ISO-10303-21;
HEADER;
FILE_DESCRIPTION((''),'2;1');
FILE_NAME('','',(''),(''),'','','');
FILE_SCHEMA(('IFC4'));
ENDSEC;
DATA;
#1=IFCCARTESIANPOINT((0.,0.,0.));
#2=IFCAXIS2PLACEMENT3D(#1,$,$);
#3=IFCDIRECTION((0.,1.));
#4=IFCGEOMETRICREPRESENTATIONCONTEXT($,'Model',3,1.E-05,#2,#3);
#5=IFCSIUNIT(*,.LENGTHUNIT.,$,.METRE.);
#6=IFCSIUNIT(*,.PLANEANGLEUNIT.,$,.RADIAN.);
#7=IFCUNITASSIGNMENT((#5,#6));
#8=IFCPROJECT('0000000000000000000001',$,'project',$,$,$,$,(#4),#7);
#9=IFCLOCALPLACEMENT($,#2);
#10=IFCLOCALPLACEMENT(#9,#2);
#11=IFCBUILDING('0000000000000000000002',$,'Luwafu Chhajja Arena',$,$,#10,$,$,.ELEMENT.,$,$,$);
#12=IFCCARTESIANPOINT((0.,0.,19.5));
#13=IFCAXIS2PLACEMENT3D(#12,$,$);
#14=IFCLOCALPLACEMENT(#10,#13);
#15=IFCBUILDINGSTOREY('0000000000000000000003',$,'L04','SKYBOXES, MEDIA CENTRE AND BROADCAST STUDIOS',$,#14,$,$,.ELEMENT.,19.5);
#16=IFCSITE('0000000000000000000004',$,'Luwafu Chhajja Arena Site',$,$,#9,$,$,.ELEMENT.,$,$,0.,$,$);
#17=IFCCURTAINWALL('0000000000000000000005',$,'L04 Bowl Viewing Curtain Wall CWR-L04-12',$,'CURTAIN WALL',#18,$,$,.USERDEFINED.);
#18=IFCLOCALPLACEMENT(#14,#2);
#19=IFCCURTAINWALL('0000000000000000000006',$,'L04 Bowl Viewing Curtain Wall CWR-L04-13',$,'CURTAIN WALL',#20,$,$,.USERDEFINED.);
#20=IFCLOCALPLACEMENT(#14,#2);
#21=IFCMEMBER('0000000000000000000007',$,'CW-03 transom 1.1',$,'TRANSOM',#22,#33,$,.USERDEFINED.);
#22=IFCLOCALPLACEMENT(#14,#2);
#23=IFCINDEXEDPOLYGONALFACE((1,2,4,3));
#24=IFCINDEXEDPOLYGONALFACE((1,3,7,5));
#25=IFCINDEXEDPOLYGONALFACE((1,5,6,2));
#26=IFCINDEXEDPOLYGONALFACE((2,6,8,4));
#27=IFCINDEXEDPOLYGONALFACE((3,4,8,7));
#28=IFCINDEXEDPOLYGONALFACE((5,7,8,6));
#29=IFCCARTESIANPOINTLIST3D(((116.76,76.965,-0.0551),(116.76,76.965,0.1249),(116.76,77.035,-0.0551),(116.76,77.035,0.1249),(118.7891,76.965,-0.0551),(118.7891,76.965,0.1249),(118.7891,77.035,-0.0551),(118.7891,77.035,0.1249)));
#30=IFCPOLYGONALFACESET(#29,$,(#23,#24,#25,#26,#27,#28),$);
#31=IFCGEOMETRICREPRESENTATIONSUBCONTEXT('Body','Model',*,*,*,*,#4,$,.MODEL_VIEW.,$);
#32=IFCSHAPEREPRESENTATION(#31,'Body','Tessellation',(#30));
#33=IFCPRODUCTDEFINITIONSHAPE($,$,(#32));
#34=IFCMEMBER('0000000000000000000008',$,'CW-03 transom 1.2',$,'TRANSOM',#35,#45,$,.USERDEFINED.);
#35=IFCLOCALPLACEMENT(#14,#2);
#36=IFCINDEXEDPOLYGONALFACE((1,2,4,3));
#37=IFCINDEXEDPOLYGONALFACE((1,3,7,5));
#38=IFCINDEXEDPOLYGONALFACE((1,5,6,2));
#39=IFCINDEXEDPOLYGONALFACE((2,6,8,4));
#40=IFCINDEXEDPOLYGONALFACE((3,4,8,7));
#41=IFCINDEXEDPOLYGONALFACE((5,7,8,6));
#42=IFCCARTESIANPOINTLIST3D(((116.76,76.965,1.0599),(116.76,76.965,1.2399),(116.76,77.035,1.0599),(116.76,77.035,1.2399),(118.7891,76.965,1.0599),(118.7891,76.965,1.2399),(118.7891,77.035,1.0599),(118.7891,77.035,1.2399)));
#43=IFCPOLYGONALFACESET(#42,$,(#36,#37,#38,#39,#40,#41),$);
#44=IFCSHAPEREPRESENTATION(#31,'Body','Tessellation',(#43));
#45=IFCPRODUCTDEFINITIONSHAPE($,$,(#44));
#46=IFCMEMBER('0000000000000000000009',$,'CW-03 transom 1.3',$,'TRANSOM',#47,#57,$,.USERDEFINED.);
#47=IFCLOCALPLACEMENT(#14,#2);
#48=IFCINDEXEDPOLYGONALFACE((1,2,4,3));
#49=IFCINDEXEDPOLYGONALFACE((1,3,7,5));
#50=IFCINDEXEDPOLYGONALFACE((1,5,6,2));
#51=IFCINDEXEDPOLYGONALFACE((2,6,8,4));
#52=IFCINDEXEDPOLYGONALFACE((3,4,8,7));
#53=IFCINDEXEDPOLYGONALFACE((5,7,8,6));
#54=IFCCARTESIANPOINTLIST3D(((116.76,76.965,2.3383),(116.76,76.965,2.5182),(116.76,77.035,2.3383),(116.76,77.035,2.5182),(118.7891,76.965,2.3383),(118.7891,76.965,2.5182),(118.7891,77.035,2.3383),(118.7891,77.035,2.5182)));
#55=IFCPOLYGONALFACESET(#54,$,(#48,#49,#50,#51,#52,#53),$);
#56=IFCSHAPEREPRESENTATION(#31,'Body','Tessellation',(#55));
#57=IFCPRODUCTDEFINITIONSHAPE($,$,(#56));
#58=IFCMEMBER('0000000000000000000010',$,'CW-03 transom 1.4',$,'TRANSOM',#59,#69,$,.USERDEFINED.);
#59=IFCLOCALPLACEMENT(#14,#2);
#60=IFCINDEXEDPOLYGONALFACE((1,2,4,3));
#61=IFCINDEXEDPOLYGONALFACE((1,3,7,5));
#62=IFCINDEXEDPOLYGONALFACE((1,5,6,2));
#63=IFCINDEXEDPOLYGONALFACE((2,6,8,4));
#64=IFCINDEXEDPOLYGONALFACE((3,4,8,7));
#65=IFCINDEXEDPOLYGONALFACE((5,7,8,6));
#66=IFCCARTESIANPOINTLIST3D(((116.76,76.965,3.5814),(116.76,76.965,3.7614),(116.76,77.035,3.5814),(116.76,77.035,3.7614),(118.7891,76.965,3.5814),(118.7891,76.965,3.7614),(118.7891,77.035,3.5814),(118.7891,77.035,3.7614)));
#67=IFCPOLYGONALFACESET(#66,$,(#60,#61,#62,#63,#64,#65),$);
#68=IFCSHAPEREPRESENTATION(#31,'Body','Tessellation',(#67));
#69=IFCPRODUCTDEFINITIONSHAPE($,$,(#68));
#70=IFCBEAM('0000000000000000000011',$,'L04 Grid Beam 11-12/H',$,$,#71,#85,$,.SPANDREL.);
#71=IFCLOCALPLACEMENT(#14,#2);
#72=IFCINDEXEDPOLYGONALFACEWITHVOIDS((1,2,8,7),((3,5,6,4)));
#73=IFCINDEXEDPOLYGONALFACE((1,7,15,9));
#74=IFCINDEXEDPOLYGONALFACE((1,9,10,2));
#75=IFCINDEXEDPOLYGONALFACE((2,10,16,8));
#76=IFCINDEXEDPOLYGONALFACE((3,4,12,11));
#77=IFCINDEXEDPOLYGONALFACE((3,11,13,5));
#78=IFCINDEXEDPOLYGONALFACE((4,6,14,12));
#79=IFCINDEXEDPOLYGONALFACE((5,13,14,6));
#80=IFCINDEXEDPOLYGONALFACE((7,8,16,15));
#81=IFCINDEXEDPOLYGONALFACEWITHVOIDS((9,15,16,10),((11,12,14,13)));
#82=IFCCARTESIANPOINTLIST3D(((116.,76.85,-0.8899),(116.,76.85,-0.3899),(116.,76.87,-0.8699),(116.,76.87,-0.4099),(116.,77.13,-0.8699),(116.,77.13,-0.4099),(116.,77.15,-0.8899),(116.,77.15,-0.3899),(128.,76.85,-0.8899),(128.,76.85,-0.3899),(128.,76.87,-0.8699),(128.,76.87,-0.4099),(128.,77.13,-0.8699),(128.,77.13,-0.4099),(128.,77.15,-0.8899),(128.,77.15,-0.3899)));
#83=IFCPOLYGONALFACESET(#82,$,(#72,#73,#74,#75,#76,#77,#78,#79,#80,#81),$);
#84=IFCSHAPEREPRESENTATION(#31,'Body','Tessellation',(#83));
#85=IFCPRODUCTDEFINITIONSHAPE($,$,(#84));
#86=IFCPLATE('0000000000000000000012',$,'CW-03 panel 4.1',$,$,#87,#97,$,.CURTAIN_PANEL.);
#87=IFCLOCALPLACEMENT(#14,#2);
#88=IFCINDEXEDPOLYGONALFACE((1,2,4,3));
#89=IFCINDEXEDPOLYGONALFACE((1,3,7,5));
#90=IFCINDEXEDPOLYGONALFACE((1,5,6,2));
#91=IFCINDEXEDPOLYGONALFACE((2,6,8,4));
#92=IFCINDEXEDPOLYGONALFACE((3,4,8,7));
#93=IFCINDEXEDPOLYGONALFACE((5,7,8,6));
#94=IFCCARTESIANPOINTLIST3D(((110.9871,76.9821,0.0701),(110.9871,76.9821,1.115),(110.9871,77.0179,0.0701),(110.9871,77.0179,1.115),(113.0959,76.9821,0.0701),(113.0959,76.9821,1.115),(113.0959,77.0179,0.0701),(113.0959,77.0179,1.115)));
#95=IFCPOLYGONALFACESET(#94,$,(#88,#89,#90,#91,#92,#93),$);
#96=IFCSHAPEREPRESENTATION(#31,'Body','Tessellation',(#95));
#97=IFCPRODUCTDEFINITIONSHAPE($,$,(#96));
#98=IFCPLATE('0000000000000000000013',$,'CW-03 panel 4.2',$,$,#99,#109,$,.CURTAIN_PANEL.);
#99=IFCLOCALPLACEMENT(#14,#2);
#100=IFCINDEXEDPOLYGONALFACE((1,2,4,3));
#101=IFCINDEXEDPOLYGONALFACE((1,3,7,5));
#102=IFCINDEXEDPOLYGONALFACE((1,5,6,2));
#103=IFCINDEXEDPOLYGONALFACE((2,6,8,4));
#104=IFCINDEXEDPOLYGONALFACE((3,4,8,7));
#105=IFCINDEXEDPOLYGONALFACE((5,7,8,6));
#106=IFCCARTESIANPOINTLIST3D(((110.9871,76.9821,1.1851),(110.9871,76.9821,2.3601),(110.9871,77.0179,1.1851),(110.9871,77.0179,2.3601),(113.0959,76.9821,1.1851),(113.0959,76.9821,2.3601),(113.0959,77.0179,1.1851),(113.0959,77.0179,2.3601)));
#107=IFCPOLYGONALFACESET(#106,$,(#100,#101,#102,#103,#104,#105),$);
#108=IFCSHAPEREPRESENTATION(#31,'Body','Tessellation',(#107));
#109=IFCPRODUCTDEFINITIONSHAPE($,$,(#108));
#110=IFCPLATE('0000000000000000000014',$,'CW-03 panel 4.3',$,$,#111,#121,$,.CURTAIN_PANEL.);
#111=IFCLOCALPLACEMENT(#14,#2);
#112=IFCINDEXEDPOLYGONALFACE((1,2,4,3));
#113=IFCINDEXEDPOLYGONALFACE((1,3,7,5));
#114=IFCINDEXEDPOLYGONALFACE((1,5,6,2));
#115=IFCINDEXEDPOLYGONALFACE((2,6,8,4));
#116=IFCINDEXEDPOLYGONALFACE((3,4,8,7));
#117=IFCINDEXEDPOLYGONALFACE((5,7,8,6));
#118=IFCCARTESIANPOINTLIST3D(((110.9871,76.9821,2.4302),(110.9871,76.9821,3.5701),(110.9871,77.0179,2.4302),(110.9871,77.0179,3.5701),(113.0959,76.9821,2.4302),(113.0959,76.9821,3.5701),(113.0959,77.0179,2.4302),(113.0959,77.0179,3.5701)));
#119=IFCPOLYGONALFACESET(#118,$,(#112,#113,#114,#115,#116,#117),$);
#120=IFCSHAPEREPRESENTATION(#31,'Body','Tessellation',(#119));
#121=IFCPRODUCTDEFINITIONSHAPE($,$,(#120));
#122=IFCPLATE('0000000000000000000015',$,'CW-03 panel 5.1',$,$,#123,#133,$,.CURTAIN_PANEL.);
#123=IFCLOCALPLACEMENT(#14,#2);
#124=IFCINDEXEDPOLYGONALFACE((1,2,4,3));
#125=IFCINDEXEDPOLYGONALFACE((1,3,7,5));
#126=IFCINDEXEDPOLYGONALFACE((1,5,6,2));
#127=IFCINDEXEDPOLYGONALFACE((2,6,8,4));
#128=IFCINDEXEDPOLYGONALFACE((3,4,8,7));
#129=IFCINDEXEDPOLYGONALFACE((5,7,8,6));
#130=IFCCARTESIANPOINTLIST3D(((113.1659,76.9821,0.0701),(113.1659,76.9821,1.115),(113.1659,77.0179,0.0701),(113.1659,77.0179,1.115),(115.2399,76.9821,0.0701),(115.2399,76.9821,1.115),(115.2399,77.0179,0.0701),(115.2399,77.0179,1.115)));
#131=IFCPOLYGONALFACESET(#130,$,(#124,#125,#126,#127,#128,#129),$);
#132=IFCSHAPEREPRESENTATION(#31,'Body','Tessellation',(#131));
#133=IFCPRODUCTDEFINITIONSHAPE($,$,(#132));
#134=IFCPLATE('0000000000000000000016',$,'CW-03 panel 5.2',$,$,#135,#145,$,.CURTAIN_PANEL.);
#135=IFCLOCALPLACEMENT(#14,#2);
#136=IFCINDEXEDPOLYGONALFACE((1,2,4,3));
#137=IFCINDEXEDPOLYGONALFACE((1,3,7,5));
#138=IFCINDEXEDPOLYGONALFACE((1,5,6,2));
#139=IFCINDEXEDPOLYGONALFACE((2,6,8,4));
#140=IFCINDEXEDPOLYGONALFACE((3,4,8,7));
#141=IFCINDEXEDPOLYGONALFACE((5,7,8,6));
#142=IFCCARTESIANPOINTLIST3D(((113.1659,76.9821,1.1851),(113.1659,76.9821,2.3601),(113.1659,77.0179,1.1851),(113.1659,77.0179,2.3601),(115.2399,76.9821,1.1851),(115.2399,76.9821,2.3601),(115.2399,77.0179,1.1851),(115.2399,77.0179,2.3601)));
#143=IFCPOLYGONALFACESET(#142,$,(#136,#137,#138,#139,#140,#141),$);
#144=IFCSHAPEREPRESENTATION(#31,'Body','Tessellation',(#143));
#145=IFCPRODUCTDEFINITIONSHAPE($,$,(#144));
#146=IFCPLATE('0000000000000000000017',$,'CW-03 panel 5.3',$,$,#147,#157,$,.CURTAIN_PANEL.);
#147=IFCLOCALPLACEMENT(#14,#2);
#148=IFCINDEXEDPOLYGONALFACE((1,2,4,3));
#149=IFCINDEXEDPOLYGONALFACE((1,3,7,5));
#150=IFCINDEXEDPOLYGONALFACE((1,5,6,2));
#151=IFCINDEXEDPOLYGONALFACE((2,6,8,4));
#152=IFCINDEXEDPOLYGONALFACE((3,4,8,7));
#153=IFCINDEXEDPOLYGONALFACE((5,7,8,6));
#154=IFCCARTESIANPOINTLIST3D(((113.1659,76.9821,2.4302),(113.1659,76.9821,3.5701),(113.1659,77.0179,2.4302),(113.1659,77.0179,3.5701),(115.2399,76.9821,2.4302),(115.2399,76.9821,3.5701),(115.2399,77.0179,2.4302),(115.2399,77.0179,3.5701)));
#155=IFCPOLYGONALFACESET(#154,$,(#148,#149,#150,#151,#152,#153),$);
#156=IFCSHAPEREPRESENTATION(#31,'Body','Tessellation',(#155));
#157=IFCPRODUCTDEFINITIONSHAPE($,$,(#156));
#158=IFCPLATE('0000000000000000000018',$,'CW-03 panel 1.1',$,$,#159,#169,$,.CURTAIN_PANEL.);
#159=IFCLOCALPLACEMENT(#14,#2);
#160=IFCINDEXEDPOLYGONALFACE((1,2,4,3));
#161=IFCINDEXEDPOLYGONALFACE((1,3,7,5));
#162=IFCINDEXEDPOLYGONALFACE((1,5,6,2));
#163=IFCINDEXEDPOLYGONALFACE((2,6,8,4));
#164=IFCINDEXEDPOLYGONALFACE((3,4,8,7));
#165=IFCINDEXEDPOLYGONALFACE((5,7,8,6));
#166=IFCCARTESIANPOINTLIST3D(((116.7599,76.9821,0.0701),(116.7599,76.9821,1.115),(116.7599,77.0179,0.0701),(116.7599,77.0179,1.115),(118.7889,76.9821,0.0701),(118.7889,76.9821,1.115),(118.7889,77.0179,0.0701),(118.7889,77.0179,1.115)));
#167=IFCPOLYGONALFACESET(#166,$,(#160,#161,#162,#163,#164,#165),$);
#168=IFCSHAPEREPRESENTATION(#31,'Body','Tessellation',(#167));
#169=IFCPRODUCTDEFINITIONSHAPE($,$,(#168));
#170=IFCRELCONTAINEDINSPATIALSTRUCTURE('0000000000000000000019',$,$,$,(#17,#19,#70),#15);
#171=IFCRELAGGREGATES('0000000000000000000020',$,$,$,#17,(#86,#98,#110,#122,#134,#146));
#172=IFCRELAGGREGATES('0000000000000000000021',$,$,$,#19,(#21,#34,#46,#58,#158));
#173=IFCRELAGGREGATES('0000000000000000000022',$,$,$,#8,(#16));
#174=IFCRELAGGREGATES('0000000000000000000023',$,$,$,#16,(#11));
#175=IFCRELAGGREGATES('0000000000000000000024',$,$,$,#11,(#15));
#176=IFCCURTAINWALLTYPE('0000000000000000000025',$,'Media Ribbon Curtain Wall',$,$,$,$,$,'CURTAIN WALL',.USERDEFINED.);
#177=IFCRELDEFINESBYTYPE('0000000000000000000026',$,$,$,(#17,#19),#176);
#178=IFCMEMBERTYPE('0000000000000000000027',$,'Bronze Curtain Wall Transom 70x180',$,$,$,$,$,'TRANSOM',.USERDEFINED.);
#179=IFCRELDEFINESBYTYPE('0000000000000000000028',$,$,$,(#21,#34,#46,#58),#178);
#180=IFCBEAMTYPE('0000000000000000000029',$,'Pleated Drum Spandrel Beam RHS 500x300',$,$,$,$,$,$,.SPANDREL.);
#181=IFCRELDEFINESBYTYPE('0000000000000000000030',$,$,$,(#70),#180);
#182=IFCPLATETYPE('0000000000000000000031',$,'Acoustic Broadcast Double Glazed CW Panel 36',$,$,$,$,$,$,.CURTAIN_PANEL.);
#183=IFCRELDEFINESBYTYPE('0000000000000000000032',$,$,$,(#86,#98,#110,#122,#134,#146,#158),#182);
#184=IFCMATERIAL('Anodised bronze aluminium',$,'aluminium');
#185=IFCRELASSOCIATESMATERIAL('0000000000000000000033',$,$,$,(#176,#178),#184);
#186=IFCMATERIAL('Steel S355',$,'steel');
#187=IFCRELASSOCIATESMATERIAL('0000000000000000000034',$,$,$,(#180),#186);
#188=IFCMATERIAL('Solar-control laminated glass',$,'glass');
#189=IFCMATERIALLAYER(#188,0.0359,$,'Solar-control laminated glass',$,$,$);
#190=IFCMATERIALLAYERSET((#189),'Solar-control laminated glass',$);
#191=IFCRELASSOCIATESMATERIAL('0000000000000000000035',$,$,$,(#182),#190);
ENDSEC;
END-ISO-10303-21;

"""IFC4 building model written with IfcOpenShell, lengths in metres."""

from ifc_helpers import new_model, si_unit, direction, frame, origin, origin_2d, place, context, subcontext, project, spatial, rectangle, hollow_rectangle, extrude, material, layer, layer_set, material_profile, profile_set, type_object, element, aggregate, save


model = new_model("IFC4")

# Units and contexts
model_context = context("Model", 3, precision=1e-05, world=origin(), true_north=direction((0.0, 1.0)))
body_context = subcontext(model_context, "Body", "Model", "MODEL_VIEW")
ifc_project = project(units=[si_unit("LENGTHUNIT", "METRE"), si_unit("PLANEANGLEUNIT", "RADIAN")], contexts=[model_context])

# Site, building, storey
site_placement = place(None, origin())
site = spatial("IfcSite", under=ifc_project, at=site_placement, Name="Luwafu Chhajja Arena Site", CompositionType="ELEMENT", RefElevation=0.0)
building_placement = place(site_placement, origin())
building = spatial("IfcBuilding", under=site, at=building_placement, Name="Luwafu Chhajja Arena", CompositionType="ELEMENT")
storey_placement = place(building_placement, frame((0.0, 0.0, 19.5)))
storey = spatial("IfcBuildingStorey", under=building, at=storey_placement, Name="L04", Description="SKYBOXES, MEDIA CENTRE AND BROADCAST STUDIOS", CompositionType="ELEMENT", Elevation=19.5)

# Curtain wall
ifc_material_1 = material(Name="Anodised bronze aluminium", Category="aluminium")
curtain_wall_type = type_object("IfcCurtainWallType", Name="Media Ribbon Curtain Wall", ElementType="CURTAIN WALL", PredefinedType="USERDEFINED", material=ifc_material_1)
curtain_wall_1_placement = place(storey_placement, origin())
curtain_wall_1 = element("IfcCurtainWall", 1, at=curtain_wall_1_placement, inside=storey, type_object=curtain_wall_type, Name="L04 Bowl Viewing Curtain Wall CWR-L04-12", ObjectType="CURTAIN WALL", PredefinedType="USERDEFINED")

# Curtain wall
curtain_wall_2_placement = place(storey_placement, origin())
curtain_wall_2 = element("IfcCurtainWall", 2, at=curtain_wall_2_placement, inside=storey, type_object=curtain_wall_type, Name="L04 Bowl Viewing Curtain Wall CWR-L04-13", ObjectType="CURTAIN WALL", PredefinedType="USERDEFINED")

# Members
ifc_material_profile_1 = material_profile(ifc_material_1, rectangle(XDim=0.0701, YDim=0.1799, at=origin_2d()), Name="CWT 70x180")
ifc_profile_set_1 = profile_set([ifc_material_profile_1], Name="Anodised bronze aluminium")
member_type_1 = type_object("IfcMemberType", Name="Bronze Curtain Wall Transom 70x180", ElementType="TRANSOM", PredefinedType="USERDEFINED", material=ifc_profile_set_1)
member_1_placement = place(storey_placement, frame((116.76, 77.0, 0.0349), z_axis=(1.0, 0.0, 0.0), x_axis=(0.0, 1.0, 0.0)))
member_1 = element("IfcMember", 3, at=member_1_placement, type_object=member_type_1, Name="CW-03 transom 1.1", ObjectType="TRANSOM", PredefinedType="USERDEFINED", context=body_context, shape_type="SweptSolid", body=[
    extrude(rectangle(XDim=0.0701, YDim=0.1799, at=origin_2d()), origin(), (0.0, 0.0, 1.0), 2.0291),
])
member_2_placement = place(storey_placement, frame((116.76, 77.0, 1.1499), z_axis=(1.0, 0.0, 0.0), x_axis=(0.0, 1.0, 0.0)))
member_2 = element("IfcMember", 4, at=member_2_placement, type_object=member_type_1, Name="CW-03 transom 1.2", ObjectType="TRANSOM", PredefinedType="USERDEFINED", context=body_context, shape_type="SweptSolid", body=[
    extrude(rectangle(XDim=0.0701, YDim=0.1799, at=origin_2d()), origin(), (0.0, 0.0, 1.0), 2.0291),
])
member_3_placement = place(storey_placement, frame((116.76, 77.0, 2.4282), z_axis=(1.0, 0.0, 0.0), x_axis=(0.0, 1.0, 0.0)))
member_3 = element("IfcMember", 5, at=member_3_placement, type_object=member_type_1, Name="CW-03 transom 1.3", ObjectType="TRANSOM", PredefinedType="USERDEFINED", context=body_context, shape_type="SweptSolid", body=[
    extrude(rectangle(XDim=0.0701, YDim=0.1799, at=origin_2d()), origin(), (0.0, 0.0, 1.0), 2.0291),
])
member_4_placement = place(storey_placement, frame((116.76, 77.0, 3.6714), z_axis=(1.0, 0.0, 0.0), x_axis=(0.0, 1.0, 0.0)))
member_4 = element("IfcMember", 6, at=member_4_placement, type_object=member_type_1, Name="CW-03 transom 1.4", ObjectType="TRANSOM", PredefinedType="USERDEFINED", context=body_context, shape_type="SweptSolid", body=[
    extrude(rectangle(XDim=0.0701, YDim=0.1799, at=origin_2d()), origin(), (0.0, 0.0, 1.0), 2.0291),
])

# Beam
ifc_material_2 = material(Name="Steel S355", Category="steel")
ifc_material_profile_2 = material_profile(ifc_material_2, hollow_rectangle(XDim=0.3, YDim=0.5, WallThickness=0.02, at=origin_2d()), Name="RHS 500x300x20")
ifc_profile_set_2 = profile_set([ifc_material_profile_2], Name="Steel S355")
beam_type_1 = type_object("IfcBeamType", Name="Pleated Drum Spandrel Beam RHS 500x300", PredefinedType="SPANDREL", material=ifc_profile_set_2)
beam_1_placement = place(storey_placement, frame((116.0, 77.0, -0.6399), z_axis=(1.0, 0.0, 0.0), x_axis=(0.0, 1.0, 0.0)))
element("IfcBeam", 7, at=beam_1_placement, inside=storey, type_object=beam_type_1, Name="L04 Grid Beam 11-12/H", PredefinedType="SPANDREL", context=body_context, shape_type="SweptSolid", body=[
    extrude(hollow_rectangle(XDim=0.3, YDim=0.5, WallThickness=0.02, at=origin_2d()), origin(), (0.0, 0.0, 1.0), 12.0),
])

# Plates
ifc_material_3 = material(Name="Solar-control laminated glass", Category="glass")
ifc_layer = layer(ifc_material_3, 0.0359, Name="Solar-control laminated glass")
ifc_layer_set = layer_set([ifc_layer], Name="Solar-control laminated glass")
plate_type = type_object("IfcPlateType", Name="Acoustic Broadcast Double Glazed CW Panel 36", PredefinedType="CURTAIN_PANEL", material=ifc_layer_set)
plate_1_placement = place(storey_placement, frame((112.0415, 77.0, 0.0701), z_axis=(0.0, 0.0, 1.0), x_axis=(1.0, 0.0, 0.0)))
plate_1 = element("IfcPlate", 8, at=plate_1_placement, type_object=plate_type, Name="CW-03 panel 4.1", PredefinedType="CURTAIN_PANEL", context=body_context, shape_type="SweptSolid", body=[
    extrude(rectangle(XDim=2.1089, YDim=0.0359, at=origin_2d()), origin(), (0.0, 0.0, 1.0), 1.0449),
])
plate_2_placement = place(storey_placement, frame((112.0415, 77.0, 1.1851), z_axis=(0.0, 0.0, 1.0), x_axis=(1.0, 0.0, 0.0)))
plate_2 = element("IfcPlate", 9, at=plate_2_placement, type_object=plate_type, Name="CW-03 panel 4.2", PredefinedType="CURTAIN_PANEL", context=body_context, shape_type="SweptSolid", body=[
    extrude(rectangle(XDim=2.1089, YDim=0.0359, at=origin_2d()), origin(), (0.0, 0.0, 1.0), 1.175),
])
plate_3_placement = place(storey_placement, frame((112.0415, 77.0, 2.4302), z_axis=(0.0, 0.0, 1.0), x_axis=(1.0, 0.0, 0.0)))
plate_3 = element("IfcPlate", 10, at=plate_3_placement, type_object=plate_type, Name="CW-03 panel 4.3", PredefinedType="CURTAIN_PANEL", context=body_context, shape_type="SweptSolid", body=[
    extrude(rectangle(XDim=2.1089, YDim=0.0359, at=origin_2d()), origin(), (0.0, 0.0, 1.0), 1.1399),
])
plate_4_placement = place(storey_placement, frame((114.2029, 77.0, 0.0701), z_axis=(0.0, 0.0, 1.0), x_axis=(1.0, 0.0, 0.0)))
plate_4 = element("IfcPlate", 11, at=plate_4_placement, type_object=plate_type, Name="CW-03 panel 5.1", PredefinedType="CURTAIN_PANEL", context=body_context, shape_type="SweptSolid", body=[
    extrude(rectangle(XDim=2.074, YDim=0.0359, at=origin_2d()), origin(), (0.0, 0.0, 1.0), 1.0449),
])
plate_5_placement = place(storey_placement, frame((114.2029, 77.0, 1.1851), z_axis=(0.0, 0.0, 1.0), x_axis=(1.0, 0.0, 0.0)))
plate_5 = element("IfcPlate", 12, at=plate_5_placement, type_object=plate_type, Name="CW-03 panel 5.2", PredefinedType="CURTAIN_PANEL", context=body_context, shape_type="SweptSolid", body=[
    extrude(rectangle(XDim=2.074, YDim=0.0359, at=origin_2d()), origin(), (0.0, 0.0, 1.0), 1.175),
])
plate_6_placement = place(storey_placement, frame((114.2029, 77.0, 2.4302), z_axis=(0.0, 0.0, 1.0), x_axis=(1.0, 0.0, 0.0)))
plate_6 = element("IfcPlate", 13, at=plate_6_placement, type_object=plate_type, Name="CW-03 panel 5.3", PredefinedType="CURTAIN_PANEL", context=body_context, shape_type="SweptSolid", body=[
    extrude(rectangle(XDim=2.074, YDim=0.0359, at=origin_2d()), origin(), (0.0, 0.0, 1.0), 1.1399),
])
aggregate(curtain_wall_1, [plate_1, plate_2, plate_3, plate_4, plate_5, plate_6])
plate_7_placement = place(storey_placement, frame((117.7744, 77.0, 0.0701), z_axis=(0.0, 0.0, 1.0), x_axis=(1.0, 0.0, 0.0)))
plate_7 = element("IfcPlate", 14, at=plate_7_placement, type_object=plate_type, Name="CW-03 panel 1.1", PredefinedType="CURTAIN_PANEL", context=body_context, shape_type="SweptSolid", body=[
    extrude(rectangle(XDim=2.0291, YDim=0.0359, at=origin_2d()), origin(), (0.0, 0.0, 1.0), 1.0449),
])
aggregate(curtain_wall_2, [member_1, member_2, member_3, member_4, plate_7])

save(model, "model.ifc")
